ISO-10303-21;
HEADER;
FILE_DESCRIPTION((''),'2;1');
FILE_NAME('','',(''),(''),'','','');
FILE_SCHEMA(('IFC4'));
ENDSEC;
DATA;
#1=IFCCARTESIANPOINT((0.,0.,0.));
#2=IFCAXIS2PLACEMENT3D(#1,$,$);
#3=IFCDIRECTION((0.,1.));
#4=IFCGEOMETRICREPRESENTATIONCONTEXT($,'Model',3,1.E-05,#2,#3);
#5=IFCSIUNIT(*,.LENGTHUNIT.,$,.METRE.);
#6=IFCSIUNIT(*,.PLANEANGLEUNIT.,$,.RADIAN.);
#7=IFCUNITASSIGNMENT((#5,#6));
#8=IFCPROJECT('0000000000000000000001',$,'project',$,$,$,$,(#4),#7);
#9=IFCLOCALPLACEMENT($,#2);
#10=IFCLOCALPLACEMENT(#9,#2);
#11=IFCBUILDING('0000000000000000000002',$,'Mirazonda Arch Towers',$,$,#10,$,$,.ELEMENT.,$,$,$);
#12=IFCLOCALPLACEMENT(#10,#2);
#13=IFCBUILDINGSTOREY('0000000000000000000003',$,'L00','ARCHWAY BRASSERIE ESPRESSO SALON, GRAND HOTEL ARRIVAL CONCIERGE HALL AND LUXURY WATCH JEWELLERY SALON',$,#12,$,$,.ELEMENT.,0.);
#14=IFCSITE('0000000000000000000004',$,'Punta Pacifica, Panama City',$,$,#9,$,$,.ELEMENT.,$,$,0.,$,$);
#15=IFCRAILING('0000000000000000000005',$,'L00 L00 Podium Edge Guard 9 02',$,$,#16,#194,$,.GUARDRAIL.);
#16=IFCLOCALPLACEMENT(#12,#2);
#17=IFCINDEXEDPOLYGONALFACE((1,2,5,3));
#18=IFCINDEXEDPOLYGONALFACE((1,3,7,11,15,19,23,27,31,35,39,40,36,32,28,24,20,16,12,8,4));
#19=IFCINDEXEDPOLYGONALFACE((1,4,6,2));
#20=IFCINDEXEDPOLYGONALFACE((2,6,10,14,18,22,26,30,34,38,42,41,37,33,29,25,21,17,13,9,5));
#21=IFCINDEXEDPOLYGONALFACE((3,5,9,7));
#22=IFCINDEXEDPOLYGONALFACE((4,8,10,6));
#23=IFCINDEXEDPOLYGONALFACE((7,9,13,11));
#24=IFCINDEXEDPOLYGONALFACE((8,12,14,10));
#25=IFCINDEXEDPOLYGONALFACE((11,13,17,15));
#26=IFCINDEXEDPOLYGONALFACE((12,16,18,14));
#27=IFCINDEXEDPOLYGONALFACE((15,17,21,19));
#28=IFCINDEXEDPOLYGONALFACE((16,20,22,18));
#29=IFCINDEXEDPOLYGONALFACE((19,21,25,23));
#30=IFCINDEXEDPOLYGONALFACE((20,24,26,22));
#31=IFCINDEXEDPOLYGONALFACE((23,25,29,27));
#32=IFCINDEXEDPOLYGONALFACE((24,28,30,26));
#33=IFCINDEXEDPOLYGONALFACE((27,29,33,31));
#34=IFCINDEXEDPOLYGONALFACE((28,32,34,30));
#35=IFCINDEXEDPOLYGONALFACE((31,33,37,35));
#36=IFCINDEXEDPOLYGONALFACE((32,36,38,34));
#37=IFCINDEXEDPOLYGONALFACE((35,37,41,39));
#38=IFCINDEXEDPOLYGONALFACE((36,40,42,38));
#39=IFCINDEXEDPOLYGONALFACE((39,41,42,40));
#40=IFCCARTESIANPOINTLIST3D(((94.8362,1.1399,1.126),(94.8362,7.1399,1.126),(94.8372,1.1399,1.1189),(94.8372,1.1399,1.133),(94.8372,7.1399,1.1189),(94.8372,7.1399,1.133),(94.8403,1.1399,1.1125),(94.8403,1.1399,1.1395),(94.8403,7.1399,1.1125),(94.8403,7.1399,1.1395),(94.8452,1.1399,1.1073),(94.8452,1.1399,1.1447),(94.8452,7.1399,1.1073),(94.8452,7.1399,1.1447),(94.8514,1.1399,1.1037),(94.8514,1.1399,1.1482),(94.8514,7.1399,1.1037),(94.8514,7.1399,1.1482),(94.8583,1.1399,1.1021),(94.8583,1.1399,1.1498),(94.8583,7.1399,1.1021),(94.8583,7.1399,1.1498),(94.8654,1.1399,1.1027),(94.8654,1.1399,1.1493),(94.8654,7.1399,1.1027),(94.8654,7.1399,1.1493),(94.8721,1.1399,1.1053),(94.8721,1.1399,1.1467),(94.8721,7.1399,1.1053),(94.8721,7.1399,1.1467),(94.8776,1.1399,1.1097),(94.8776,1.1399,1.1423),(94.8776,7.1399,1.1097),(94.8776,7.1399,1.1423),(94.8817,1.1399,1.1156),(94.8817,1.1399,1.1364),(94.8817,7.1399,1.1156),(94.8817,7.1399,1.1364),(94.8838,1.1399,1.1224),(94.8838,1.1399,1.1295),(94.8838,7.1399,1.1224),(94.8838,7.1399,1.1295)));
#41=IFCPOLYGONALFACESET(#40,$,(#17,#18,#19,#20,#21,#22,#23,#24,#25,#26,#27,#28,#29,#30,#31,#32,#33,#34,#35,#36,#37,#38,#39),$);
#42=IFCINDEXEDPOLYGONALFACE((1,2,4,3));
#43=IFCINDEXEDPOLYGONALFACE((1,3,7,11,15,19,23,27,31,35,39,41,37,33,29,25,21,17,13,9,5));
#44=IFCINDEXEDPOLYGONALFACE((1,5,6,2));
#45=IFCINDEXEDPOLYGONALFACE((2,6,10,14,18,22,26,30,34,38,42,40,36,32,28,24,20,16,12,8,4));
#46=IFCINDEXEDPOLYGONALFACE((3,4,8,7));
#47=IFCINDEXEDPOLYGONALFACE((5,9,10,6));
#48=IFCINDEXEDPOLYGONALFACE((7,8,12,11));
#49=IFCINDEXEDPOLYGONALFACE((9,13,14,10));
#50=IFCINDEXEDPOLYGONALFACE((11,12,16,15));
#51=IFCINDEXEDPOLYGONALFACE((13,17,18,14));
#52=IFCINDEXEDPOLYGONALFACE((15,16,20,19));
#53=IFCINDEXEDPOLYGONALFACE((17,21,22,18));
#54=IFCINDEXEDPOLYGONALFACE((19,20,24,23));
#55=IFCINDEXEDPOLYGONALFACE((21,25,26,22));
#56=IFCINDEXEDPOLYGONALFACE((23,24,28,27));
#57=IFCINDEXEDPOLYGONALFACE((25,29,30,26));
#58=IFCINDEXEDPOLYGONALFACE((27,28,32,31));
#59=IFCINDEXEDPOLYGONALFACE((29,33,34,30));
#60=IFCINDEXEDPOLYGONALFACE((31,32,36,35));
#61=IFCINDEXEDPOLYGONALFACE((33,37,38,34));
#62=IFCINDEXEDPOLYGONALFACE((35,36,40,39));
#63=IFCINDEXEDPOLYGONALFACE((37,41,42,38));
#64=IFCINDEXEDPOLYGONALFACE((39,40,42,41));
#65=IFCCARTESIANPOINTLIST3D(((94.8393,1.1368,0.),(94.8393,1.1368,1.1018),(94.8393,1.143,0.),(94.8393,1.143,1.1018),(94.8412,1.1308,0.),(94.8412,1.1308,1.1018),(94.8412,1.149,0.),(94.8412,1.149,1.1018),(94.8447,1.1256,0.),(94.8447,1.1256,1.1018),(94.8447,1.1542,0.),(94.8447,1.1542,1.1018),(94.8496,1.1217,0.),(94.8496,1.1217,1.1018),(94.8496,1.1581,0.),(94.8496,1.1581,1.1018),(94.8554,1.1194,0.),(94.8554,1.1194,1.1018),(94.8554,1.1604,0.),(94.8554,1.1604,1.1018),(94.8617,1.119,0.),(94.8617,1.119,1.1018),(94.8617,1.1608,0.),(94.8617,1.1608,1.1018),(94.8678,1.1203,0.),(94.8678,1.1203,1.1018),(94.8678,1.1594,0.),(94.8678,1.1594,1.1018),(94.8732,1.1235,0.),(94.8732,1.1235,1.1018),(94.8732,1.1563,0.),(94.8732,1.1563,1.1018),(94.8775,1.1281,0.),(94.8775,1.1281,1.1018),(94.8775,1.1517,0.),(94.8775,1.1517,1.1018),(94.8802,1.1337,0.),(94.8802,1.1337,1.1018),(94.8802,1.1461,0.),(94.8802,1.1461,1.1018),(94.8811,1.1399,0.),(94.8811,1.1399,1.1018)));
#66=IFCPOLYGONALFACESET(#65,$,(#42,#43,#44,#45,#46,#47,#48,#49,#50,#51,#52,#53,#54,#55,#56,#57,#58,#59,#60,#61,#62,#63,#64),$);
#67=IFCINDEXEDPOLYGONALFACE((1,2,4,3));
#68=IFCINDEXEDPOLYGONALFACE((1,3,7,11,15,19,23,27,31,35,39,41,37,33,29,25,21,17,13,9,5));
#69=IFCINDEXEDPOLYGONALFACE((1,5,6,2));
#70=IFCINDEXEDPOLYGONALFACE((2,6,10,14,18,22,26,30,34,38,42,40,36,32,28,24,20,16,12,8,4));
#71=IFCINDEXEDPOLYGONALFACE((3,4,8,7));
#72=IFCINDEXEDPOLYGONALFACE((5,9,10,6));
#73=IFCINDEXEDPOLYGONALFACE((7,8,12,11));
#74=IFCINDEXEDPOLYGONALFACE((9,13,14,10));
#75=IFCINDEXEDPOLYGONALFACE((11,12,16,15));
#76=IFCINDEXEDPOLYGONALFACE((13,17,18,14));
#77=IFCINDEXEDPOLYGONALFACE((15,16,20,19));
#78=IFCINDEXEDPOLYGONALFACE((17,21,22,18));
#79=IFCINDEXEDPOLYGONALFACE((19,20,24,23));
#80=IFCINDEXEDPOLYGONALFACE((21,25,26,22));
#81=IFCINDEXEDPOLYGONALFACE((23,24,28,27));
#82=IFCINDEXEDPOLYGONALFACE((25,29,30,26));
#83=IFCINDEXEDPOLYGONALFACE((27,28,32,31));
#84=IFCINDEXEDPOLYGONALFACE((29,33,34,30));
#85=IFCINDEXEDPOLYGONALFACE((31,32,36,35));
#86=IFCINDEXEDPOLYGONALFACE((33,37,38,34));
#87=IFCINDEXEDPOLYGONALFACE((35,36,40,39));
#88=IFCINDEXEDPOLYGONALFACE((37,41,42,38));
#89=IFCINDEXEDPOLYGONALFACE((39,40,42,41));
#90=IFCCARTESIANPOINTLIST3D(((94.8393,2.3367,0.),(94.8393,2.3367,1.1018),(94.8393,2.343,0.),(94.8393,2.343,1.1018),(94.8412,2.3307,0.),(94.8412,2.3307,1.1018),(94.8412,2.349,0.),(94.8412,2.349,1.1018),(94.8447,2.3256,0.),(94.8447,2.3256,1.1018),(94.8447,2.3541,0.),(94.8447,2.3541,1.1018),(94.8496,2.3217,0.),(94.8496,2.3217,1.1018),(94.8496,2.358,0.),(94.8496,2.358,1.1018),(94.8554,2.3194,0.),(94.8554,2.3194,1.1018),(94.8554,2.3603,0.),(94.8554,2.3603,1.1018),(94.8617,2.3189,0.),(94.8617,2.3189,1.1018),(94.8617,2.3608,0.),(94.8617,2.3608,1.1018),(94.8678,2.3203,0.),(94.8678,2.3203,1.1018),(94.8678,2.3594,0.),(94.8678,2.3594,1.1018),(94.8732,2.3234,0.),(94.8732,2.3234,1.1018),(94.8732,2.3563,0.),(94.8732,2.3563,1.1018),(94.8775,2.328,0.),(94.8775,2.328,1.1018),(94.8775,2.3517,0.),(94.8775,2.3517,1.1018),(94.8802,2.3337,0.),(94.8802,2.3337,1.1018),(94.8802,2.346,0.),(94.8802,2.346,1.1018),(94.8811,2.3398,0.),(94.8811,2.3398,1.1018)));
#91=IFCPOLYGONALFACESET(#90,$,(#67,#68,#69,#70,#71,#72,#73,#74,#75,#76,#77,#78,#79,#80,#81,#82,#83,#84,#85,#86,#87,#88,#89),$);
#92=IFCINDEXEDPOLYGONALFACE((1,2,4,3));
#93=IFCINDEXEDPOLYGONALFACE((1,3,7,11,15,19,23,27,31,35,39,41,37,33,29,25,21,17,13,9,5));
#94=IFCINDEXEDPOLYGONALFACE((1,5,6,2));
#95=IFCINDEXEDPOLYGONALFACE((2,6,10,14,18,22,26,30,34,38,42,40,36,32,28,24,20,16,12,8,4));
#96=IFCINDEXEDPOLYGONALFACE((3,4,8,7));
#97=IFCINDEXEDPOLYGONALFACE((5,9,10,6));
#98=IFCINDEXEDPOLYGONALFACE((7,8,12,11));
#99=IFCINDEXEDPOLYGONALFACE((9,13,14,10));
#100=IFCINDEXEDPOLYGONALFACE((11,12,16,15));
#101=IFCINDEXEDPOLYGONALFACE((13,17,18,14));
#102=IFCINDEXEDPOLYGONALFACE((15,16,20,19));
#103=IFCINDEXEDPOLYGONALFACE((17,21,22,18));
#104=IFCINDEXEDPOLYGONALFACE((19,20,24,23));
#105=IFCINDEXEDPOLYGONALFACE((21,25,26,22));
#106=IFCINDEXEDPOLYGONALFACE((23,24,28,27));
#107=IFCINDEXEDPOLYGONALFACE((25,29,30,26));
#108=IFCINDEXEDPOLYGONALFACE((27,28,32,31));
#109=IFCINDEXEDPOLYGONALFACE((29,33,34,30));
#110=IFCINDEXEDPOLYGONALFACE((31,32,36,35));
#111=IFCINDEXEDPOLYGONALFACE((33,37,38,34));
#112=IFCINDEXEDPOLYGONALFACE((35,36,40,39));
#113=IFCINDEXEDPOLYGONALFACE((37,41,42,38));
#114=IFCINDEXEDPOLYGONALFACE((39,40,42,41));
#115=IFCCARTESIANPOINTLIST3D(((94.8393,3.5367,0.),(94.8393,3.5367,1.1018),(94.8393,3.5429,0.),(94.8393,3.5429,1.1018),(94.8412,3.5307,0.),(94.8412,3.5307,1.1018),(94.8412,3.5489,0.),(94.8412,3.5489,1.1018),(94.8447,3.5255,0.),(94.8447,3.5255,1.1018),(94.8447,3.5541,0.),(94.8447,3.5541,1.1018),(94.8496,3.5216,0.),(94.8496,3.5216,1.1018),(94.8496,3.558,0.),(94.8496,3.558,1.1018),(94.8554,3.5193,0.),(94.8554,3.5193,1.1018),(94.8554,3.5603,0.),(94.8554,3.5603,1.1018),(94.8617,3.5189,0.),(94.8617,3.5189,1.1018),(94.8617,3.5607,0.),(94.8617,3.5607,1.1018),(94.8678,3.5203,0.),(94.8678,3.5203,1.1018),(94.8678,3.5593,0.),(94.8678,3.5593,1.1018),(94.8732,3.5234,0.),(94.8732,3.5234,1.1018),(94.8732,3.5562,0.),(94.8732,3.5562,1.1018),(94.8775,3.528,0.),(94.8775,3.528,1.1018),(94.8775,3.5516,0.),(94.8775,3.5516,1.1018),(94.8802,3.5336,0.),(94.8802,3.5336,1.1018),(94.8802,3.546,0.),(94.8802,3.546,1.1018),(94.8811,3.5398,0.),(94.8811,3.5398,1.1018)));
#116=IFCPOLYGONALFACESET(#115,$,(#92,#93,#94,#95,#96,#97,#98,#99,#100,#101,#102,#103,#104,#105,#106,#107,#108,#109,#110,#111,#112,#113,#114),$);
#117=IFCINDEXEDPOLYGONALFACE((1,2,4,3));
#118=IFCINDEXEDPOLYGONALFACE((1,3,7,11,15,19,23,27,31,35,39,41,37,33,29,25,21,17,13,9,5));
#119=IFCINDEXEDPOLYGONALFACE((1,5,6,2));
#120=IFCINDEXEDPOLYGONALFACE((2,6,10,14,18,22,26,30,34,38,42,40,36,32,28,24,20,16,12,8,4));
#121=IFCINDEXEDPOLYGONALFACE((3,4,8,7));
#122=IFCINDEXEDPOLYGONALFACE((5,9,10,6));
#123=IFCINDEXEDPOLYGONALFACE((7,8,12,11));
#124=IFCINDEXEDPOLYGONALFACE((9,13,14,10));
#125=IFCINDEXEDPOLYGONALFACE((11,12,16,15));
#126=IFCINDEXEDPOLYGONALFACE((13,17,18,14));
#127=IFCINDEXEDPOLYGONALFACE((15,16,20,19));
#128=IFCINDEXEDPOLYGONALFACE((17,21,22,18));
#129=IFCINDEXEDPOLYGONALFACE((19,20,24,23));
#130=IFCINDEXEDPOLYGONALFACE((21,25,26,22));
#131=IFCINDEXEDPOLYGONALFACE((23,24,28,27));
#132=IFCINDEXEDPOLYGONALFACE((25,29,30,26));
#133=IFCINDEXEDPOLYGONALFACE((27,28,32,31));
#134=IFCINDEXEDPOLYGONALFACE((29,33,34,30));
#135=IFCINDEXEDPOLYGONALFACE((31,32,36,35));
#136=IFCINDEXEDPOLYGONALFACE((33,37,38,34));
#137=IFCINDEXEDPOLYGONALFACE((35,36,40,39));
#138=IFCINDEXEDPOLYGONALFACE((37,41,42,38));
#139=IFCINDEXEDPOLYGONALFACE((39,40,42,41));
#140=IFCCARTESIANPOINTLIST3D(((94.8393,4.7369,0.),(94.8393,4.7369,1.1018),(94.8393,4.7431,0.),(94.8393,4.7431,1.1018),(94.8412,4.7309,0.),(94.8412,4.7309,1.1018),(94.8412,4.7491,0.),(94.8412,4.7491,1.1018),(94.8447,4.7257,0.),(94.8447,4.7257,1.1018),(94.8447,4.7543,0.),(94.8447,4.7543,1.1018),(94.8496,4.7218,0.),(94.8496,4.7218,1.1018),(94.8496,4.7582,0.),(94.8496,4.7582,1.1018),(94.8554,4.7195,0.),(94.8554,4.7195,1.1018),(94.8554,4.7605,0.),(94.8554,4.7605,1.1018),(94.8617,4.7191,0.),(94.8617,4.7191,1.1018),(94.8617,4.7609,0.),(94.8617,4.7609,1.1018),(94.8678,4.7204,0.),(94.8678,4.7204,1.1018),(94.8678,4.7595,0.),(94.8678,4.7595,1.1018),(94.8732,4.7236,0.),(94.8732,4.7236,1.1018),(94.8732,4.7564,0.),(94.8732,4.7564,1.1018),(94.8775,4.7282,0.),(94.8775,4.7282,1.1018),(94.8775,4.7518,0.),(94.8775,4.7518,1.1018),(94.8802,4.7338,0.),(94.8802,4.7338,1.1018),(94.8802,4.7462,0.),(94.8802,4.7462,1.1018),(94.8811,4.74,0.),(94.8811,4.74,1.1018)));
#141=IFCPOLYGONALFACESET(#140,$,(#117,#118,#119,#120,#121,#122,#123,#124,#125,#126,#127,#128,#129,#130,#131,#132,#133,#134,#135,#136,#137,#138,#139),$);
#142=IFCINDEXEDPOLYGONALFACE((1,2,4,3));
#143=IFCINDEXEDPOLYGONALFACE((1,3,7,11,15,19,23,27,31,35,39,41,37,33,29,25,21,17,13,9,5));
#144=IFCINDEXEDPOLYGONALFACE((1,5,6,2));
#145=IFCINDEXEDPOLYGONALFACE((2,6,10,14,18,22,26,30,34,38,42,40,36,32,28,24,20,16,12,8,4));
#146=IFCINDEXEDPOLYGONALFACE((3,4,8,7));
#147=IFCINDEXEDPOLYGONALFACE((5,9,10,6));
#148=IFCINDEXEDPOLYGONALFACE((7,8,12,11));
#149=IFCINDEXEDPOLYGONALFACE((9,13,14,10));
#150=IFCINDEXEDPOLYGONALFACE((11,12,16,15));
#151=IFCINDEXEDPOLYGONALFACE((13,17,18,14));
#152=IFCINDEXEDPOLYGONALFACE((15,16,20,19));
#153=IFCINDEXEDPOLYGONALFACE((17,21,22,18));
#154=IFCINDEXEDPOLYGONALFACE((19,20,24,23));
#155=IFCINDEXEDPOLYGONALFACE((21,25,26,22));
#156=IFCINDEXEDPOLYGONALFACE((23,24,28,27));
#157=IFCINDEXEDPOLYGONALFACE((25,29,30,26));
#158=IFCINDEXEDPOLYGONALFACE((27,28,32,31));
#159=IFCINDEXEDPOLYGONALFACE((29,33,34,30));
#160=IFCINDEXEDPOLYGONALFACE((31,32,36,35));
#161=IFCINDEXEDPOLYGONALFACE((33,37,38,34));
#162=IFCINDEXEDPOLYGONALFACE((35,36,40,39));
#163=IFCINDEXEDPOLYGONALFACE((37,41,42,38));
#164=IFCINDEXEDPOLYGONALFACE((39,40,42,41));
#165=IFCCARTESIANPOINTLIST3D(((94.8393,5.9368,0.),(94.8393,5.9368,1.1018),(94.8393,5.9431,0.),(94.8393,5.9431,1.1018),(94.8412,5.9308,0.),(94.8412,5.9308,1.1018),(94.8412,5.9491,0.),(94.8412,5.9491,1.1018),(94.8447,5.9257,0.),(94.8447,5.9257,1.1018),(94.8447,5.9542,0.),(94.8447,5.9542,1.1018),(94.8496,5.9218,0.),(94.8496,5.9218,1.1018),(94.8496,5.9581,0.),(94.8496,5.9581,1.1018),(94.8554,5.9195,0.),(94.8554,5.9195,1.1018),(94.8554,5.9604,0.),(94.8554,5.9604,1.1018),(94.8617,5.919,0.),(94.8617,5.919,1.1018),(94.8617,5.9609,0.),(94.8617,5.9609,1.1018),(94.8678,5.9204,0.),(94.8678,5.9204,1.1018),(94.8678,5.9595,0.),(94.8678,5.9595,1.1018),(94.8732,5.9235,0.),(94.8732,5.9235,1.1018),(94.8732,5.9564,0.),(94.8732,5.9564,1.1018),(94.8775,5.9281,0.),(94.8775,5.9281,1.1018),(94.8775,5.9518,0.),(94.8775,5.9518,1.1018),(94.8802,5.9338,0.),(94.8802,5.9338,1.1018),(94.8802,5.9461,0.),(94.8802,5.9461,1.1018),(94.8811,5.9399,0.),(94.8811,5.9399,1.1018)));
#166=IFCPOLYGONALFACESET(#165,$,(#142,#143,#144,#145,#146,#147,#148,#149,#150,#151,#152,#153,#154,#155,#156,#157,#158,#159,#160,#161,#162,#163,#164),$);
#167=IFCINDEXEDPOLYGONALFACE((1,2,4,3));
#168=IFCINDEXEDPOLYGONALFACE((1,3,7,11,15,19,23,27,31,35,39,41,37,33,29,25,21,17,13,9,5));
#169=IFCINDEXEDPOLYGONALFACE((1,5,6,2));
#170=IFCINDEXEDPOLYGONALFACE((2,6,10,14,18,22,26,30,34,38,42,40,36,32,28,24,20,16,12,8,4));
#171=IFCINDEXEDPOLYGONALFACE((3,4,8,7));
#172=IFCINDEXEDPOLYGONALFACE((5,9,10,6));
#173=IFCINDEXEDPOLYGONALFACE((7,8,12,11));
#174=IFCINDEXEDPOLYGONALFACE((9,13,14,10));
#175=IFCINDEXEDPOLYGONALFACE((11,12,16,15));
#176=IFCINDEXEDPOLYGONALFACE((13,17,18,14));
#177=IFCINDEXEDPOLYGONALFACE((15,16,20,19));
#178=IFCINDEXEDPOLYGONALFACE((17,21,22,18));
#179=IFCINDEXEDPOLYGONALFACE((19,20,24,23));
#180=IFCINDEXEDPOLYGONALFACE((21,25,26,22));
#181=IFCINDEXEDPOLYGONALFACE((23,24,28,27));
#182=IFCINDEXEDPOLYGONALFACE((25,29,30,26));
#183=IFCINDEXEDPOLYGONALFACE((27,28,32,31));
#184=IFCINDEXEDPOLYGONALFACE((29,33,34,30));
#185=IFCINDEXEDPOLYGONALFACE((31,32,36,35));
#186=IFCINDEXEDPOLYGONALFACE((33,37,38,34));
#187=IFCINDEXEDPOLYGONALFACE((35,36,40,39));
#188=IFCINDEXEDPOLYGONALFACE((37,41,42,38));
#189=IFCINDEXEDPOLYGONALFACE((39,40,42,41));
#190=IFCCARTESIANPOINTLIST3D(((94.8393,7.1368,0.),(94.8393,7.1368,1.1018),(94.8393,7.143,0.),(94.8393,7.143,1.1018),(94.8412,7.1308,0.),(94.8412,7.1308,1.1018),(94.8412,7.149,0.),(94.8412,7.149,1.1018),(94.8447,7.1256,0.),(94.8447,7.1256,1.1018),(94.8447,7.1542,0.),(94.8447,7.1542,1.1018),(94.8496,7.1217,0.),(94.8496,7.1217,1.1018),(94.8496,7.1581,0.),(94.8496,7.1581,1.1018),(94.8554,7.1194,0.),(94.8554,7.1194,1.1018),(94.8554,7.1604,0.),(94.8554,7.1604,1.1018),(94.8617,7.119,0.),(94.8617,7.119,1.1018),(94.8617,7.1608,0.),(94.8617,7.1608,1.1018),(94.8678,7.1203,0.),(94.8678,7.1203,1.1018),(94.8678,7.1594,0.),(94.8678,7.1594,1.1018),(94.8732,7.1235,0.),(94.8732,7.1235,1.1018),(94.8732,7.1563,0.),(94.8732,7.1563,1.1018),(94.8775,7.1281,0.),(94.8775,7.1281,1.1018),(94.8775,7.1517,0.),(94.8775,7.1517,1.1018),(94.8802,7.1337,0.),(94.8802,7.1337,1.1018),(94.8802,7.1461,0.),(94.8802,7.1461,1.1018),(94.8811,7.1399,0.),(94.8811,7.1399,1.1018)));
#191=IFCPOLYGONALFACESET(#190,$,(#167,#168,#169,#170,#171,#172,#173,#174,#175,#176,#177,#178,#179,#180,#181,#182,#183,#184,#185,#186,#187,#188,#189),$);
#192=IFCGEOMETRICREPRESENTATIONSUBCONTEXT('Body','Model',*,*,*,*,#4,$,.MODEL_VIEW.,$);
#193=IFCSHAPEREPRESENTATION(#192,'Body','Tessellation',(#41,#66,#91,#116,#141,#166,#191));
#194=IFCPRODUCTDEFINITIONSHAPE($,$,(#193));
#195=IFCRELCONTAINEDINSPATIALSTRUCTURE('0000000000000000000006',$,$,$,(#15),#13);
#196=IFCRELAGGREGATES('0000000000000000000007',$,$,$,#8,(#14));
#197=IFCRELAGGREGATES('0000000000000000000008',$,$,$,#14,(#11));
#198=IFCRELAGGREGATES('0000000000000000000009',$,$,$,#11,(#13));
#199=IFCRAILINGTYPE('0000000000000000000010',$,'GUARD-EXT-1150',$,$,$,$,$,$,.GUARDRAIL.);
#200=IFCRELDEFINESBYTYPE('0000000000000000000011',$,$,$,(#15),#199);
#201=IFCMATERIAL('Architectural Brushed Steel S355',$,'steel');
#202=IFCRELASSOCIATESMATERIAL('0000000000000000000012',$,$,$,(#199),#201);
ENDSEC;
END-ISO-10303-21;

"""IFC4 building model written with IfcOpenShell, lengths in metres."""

from ifc_helpers import new_model, si_unit, direction, frame, origin, origin_2d, place, context, subcontext, project, spatial, circle, extrude, material, type_object, element, save


model = new_model("IFC4")

# Units and contexts
model_context = context("Model", 3, precision=1e-05, world=origin(), true_north=direction((0.0, 1.0)))
body_context = subcontext(model_context, "Body", "Model", "MODEL_VIEW")
ifc_project = project(units=[si_unit("LENGTHUNIT", "METRE"), si_unit("PLANEANGLEUNIT", "RADIAN")], contexts=[model_context])

# Site, building, storey
site_placement = place(None, origin())
site = spatial("IfcSite", under=ifc_project, at=site_placement, Name="Punta Pacifica, Panama City", CompositionType="ELEMENT", RefElevation=0.0)
building_placement = place(site_placement, origin())
building = spatial("IfcBuilding", under=site, at=building_placement, Name="Mirazonda Arch Towers", CompositionType="ELEMENT")
storey_placement = place(building_placement, origin())
storey = spatial("IfcBuildingStorey", under=building, at=storey_placement, Name="L00", Description="ARCHWAY BRASSERIE ESPRESSO SALON, GRAND HOTEL ARRIVAL CONCIERGE HALL AND LUXURY WATCH JEWELLERY SALON", CompositionType="ELEMENT", Elevation=0.0)

# Shared definitions
ifc_material_1 = material(Name="Architectural Brushed Steel S355", Category="steel")

# Railing
railing_type = type_object("IfcRailingType", Name="GUARD-EXT-1150", PredefinedType="GUARDRAIL", material=ifc_material_1)
railing_1_placement = place(storey_placement, frame((94.8601, 1.1399, 0.0)))
element("IfcRailing", 1, at=railing_1_placement, inside=storey, type_object=railing_type, Name="L00 L00 Podium Edge Guard 9 02", PredefinedType="GUARDRAIL", context=body_context, shape_type="SweptSolid", body=[
    extrude(circle(Radius=0.0239, at=origin_2d()), frame((0.0, 0.0, 1.126), z_axis=(0.0, 1.0, 0.0), x_axis=(-1.0, 0.0, 0.0)), (0.0, 0.0, 1.0), 6.0),
    extrude(circle(Radius=0.021, at=origin_2d()), origin(), (0.0, 0.0, 1.0), 1.1018),
    extrude(circle(Radius=0.021, at=origin_2d()), frame((0.0, 1.2, 0.0)), (0.0, 0.0, 1.0), 1.1018),
    extrude(circle(Radius=0.021, at=origin_2d()), frame((0.0, 2.3999, 0.0)), (0.0, 0.0, 1.0), 1.1018),
    extrude(circle(Radius=0.021, at=origin_2d()), frame((0.0, 3.6001, 0.0)), (0.0, 0.0, 1.0), 1.1018),
    extrude(circle(Radius=0.021, at=origin_2d()), frame((0.0, 4.8, 0.0)), (0.0, 0.0, 1.0), 1.1018),
    extrude(circle(Radius=0.021, at=origin_2d()), frame((0.0, 6.0, 0.0)), (0.0, 0.0, 1.0), 1.1018),
])

save(model, "model.ifc")
